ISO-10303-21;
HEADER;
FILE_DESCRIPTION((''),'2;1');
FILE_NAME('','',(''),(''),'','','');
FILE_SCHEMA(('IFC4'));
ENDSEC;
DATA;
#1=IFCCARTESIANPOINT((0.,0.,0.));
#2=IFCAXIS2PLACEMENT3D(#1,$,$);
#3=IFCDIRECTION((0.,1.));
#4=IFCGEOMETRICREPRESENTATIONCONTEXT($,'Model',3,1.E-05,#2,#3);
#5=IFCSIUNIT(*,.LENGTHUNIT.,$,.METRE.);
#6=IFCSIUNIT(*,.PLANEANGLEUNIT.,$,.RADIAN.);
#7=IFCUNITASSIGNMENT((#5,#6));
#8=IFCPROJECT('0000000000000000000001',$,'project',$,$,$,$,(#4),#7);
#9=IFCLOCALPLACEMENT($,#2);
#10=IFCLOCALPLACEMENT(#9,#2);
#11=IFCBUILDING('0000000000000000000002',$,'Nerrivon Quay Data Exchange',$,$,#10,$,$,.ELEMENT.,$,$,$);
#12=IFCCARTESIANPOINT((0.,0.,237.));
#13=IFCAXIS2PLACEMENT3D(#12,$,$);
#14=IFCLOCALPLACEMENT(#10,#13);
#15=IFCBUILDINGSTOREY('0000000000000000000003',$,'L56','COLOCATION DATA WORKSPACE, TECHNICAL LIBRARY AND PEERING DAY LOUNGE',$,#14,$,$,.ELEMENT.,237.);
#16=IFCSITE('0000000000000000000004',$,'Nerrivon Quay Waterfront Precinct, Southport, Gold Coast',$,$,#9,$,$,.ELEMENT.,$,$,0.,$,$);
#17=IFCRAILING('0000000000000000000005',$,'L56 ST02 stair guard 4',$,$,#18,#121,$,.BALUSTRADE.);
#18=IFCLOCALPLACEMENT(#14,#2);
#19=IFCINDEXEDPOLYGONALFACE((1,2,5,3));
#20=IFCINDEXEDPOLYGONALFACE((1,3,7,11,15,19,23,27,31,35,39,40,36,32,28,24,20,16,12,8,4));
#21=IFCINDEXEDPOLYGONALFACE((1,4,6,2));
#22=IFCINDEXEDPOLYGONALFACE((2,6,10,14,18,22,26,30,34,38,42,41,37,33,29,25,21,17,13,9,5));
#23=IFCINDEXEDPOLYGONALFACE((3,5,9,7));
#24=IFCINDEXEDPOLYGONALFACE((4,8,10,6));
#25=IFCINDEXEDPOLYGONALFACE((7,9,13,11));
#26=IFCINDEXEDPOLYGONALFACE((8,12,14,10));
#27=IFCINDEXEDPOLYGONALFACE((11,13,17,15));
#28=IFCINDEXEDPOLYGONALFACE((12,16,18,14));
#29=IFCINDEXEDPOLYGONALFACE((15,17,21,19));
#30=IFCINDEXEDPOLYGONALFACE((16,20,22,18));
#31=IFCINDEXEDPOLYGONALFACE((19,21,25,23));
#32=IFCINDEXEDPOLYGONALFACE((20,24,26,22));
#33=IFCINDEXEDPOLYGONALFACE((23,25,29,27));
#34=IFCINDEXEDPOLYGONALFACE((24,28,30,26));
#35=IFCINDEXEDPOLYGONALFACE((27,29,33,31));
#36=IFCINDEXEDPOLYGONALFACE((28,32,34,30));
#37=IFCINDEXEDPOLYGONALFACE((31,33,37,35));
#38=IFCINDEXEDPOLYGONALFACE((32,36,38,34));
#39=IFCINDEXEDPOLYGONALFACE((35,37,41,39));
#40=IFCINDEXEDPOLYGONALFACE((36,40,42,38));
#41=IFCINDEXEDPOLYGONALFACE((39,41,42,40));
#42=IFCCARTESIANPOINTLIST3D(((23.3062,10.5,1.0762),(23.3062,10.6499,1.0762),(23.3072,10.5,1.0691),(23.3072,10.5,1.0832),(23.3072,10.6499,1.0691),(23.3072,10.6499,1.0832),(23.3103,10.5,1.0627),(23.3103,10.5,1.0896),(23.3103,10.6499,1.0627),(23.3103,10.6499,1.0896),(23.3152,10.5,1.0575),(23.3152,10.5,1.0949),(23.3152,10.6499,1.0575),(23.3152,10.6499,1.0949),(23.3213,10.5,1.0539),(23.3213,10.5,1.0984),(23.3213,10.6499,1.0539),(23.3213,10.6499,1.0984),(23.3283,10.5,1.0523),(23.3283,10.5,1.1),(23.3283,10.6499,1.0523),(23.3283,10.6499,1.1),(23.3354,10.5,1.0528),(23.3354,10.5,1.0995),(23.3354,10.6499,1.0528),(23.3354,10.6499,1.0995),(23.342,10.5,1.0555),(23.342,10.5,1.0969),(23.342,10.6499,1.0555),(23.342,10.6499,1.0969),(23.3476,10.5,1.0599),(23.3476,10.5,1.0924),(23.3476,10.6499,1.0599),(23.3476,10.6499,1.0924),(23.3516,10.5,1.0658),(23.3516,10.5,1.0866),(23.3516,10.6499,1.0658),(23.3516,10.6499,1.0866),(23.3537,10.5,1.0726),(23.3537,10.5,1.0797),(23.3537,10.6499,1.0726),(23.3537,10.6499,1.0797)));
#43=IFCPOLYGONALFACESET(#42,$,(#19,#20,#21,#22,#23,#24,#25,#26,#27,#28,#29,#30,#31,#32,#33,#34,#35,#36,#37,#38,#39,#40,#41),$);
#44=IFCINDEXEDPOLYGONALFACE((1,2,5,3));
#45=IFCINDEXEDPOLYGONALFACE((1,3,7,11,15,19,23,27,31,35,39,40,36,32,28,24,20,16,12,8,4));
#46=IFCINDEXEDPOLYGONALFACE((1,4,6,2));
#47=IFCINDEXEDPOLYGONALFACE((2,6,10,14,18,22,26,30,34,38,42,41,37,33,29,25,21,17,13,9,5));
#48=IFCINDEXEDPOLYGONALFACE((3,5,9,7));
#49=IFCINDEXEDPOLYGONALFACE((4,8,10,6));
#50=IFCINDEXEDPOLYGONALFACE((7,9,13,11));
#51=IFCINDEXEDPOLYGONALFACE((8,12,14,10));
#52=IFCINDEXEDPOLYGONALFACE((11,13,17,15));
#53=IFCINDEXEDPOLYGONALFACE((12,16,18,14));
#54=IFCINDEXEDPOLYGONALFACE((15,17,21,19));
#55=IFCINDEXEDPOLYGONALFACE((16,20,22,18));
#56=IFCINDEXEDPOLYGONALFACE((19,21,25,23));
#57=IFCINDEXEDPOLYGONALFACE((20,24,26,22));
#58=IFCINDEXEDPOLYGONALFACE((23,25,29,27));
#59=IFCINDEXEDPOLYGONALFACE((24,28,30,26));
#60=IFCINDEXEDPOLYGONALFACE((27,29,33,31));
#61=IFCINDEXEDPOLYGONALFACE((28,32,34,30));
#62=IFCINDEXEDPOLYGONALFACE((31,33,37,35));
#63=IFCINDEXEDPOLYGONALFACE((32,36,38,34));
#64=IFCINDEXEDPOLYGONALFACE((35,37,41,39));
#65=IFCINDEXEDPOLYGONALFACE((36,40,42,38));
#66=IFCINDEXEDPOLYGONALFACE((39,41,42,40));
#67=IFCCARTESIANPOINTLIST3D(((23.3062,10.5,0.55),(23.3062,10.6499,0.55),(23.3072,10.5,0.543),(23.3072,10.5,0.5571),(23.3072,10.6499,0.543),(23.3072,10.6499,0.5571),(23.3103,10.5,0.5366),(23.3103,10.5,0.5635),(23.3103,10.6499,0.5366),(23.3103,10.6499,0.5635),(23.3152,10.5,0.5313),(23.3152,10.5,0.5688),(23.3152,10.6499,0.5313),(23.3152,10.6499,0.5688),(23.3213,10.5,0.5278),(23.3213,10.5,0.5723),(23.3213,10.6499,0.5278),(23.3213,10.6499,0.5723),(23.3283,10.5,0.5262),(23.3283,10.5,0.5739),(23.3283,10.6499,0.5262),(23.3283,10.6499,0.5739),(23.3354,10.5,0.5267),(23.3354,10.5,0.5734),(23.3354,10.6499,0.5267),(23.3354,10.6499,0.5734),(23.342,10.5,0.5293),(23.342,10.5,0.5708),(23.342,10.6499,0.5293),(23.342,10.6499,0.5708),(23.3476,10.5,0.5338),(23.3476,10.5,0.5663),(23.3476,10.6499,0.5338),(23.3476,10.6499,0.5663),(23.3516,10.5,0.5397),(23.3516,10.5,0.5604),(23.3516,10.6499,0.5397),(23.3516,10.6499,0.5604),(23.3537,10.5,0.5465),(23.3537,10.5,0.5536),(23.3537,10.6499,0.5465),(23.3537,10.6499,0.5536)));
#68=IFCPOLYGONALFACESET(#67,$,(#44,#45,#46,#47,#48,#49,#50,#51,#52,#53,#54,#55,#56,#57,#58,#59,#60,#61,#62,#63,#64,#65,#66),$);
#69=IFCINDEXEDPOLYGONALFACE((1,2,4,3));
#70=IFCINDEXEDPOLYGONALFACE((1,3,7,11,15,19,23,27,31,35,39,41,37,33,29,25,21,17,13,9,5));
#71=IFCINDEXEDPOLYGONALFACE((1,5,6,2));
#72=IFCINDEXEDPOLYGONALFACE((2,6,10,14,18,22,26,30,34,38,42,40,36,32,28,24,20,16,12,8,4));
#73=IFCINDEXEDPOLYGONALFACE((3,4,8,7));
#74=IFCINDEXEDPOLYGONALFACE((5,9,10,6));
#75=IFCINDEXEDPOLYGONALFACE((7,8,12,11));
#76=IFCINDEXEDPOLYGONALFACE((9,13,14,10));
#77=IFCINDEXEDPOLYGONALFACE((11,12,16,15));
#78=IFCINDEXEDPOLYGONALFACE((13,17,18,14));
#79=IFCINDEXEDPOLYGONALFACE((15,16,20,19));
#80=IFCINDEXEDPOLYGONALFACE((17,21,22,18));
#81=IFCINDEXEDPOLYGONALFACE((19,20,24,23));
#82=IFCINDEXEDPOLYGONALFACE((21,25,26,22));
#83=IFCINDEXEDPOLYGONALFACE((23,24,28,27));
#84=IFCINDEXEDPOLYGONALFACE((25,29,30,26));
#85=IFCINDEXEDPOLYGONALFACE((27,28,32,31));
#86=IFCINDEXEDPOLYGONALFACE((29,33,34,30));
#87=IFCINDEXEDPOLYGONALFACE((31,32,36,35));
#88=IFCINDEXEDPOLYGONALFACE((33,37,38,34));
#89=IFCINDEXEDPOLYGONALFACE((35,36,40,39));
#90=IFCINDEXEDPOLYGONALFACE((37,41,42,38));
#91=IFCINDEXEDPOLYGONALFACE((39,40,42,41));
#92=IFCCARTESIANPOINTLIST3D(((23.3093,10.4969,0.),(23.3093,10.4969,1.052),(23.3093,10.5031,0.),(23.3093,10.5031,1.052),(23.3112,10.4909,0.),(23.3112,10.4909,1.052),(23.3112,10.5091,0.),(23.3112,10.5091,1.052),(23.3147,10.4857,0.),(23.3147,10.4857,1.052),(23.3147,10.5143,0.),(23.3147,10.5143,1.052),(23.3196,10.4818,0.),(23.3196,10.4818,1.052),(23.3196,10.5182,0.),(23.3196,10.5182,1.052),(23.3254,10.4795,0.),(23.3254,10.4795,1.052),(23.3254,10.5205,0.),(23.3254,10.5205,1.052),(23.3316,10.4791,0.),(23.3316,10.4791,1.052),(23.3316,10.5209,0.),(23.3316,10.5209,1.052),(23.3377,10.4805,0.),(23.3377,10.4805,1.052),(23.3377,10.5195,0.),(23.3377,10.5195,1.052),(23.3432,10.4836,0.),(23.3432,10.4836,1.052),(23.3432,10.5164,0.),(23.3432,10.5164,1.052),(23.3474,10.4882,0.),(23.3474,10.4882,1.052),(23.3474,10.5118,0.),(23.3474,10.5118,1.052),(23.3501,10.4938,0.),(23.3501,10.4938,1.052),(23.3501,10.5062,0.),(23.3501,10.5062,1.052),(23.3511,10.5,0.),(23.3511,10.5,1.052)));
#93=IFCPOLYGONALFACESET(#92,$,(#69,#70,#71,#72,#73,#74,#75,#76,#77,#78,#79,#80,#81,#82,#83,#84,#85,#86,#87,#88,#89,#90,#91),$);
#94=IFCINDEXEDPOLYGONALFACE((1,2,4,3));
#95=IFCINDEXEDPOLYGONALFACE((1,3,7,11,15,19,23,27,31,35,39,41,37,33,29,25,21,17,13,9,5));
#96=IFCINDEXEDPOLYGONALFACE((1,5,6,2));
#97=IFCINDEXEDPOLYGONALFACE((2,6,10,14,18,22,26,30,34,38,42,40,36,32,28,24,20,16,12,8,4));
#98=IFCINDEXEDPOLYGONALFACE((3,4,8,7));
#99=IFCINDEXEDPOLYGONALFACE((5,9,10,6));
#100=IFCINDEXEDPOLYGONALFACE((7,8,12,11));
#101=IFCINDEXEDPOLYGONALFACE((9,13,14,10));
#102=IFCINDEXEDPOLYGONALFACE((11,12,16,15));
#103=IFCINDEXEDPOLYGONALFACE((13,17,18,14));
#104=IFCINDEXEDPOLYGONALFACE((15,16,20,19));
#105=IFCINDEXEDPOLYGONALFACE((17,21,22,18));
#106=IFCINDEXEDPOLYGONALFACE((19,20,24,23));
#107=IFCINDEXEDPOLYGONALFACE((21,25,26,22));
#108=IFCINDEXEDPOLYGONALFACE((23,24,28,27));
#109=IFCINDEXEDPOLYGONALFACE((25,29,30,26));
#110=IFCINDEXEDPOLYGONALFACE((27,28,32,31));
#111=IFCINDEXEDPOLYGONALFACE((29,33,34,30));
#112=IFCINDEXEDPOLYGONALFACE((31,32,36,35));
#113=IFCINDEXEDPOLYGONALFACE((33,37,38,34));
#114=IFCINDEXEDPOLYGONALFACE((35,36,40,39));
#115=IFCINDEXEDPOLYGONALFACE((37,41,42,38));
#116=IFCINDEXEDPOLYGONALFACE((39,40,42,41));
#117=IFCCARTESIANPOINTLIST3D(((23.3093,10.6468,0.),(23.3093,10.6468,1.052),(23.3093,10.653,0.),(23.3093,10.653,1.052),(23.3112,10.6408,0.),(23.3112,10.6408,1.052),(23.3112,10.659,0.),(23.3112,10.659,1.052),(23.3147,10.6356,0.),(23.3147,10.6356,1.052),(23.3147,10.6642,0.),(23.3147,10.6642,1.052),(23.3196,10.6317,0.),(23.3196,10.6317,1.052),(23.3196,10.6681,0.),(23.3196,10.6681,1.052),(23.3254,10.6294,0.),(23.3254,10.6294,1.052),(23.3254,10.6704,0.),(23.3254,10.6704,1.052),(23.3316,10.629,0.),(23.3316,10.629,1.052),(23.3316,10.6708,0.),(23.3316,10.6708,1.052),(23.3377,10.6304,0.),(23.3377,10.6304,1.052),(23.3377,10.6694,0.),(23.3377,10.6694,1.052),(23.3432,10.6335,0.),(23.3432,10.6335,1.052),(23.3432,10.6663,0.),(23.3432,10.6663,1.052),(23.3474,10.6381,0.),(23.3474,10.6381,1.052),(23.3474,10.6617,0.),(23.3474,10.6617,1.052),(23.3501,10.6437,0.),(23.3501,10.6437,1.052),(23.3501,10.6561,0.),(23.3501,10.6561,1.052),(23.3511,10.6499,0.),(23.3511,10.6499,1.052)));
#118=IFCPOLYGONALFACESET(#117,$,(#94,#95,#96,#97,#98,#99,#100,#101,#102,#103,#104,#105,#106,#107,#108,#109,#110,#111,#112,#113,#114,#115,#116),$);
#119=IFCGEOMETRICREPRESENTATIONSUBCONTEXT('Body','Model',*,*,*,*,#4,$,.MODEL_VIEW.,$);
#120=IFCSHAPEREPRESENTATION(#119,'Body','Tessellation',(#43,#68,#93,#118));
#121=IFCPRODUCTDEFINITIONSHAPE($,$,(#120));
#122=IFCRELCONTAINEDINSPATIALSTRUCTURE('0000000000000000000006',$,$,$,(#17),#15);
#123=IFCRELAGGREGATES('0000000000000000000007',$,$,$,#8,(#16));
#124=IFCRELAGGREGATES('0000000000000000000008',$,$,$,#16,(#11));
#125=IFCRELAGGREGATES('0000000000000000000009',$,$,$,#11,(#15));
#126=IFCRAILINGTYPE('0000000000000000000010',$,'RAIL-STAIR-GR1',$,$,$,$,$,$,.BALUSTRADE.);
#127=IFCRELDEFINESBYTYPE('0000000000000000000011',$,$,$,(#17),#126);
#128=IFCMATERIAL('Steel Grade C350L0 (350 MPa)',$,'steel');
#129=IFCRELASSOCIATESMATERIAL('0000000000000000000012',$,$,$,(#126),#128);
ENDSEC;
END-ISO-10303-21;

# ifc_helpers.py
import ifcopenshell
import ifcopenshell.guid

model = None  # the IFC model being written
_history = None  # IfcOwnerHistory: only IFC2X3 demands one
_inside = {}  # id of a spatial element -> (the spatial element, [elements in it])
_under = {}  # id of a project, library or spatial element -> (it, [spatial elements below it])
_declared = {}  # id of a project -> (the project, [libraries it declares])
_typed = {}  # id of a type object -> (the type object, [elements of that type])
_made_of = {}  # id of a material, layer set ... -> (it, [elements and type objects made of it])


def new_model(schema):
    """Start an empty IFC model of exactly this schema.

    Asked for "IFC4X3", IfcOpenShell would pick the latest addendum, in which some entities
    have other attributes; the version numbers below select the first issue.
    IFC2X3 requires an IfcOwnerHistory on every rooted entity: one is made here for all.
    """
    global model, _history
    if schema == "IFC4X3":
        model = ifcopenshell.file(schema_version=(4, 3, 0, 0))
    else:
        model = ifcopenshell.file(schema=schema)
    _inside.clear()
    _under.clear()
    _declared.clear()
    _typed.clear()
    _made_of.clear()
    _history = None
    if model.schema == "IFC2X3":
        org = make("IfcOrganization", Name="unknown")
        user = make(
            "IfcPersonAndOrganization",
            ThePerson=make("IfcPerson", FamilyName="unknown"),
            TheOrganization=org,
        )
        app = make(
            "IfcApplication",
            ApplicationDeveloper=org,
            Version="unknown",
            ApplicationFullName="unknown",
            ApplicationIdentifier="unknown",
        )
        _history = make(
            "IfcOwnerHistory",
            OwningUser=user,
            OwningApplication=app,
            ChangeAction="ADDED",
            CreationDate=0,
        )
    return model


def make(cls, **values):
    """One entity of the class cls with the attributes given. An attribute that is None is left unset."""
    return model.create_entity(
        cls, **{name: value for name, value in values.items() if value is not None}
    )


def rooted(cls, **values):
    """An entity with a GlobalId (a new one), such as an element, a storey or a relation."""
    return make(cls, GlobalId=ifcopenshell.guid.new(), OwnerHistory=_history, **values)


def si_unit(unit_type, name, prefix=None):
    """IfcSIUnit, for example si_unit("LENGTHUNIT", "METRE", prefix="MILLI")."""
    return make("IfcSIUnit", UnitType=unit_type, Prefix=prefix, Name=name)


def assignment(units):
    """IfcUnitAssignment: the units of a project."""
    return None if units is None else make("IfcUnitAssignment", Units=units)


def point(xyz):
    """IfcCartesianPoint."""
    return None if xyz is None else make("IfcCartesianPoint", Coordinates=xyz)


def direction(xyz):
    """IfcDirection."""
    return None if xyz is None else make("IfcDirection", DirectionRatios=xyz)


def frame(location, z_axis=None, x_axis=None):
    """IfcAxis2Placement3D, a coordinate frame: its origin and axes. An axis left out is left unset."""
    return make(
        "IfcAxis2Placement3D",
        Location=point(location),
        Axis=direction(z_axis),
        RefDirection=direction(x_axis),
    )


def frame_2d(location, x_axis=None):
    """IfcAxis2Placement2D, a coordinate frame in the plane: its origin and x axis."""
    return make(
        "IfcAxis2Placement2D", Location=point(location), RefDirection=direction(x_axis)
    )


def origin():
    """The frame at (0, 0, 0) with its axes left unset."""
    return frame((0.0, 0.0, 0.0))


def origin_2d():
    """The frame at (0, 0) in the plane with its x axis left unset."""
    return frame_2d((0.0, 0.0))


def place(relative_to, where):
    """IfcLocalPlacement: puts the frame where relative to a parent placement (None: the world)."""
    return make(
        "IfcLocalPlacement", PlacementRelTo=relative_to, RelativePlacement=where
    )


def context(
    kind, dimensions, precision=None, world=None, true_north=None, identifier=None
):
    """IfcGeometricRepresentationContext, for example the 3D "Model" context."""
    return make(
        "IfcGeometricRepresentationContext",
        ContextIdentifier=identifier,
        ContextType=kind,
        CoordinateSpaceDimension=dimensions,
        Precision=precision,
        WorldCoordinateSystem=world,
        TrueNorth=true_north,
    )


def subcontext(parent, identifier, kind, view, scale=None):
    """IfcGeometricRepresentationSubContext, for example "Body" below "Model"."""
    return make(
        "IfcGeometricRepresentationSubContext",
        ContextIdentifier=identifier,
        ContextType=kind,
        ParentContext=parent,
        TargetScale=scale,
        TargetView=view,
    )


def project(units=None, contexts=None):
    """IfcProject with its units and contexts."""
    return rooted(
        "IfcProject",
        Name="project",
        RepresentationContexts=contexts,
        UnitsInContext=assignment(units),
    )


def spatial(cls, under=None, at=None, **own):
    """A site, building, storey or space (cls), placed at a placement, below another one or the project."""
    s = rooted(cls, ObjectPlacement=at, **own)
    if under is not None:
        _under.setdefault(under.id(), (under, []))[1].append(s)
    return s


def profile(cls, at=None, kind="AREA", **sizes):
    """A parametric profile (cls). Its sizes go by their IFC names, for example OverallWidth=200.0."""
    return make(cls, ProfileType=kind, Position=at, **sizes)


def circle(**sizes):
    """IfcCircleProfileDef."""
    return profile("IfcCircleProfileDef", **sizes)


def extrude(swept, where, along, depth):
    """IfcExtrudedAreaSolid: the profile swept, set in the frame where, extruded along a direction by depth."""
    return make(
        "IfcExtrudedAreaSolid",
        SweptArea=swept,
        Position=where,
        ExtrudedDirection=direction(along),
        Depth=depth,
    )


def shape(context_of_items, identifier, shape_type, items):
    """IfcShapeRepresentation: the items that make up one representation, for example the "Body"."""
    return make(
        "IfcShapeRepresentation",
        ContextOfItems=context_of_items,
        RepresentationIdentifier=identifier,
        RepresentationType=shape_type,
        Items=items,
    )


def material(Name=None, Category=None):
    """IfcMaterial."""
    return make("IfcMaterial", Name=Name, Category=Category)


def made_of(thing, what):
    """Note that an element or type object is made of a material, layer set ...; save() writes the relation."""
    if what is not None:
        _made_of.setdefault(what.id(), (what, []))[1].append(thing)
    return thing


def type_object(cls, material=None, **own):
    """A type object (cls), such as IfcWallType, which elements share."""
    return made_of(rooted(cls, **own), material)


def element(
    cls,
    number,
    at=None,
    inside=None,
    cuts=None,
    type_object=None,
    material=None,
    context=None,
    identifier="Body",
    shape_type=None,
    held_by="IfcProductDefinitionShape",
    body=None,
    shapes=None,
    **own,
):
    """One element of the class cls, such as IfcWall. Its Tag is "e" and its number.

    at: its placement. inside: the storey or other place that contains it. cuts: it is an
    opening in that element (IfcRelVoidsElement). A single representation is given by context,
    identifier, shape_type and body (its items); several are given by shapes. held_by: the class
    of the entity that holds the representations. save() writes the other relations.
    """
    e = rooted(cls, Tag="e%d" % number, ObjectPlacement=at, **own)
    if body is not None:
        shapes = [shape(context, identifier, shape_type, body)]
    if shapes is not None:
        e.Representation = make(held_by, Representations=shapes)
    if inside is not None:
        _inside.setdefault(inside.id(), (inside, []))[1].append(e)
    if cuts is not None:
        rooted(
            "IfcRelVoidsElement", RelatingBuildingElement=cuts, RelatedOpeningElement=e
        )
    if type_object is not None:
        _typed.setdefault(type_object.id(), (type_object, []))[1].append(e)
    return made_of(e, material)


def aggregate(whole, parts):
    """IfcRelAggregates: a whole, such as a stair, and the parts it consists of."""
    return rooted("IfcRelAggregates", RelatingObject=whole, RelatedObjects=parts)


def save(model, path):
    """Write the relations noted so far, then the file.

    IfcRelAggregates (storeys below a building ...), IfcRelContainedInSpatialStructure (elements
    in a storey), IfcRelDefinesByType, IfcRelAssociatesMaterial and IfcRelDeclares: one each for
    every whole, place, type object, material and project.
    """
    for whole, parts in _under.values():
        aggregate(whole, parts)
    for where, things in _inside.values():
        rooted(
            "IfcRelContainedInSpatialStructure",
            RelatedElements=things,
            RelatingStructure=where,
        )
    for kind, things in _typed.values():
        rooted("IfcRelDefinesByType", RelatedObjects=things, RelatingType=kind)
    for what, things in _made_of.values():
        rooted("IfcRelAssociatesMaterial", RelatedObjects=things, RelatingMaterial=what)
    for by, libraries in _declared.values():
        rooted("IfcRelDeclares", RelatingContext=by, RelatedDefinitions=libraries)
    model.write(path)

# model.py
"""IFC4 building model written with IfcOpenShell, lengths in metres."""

from ifc_helpers import new_model, si_unit, direction, frame, origin, origin_2d, place, context, subcontext, project, spatial, circle, extrude, material, type_object, element, save


model = new_model("IFC4")

# Units and contexts
model_context = context("Model", 3, precision=1e-05, world=origin(), true_north=direction((0.0, 1.0)))
body_context = subcontext(model_context, "Body", "Model", "MODEL_VIEW")
ifc_project = project(units=[si_unit("LENGTHUNIT", "METRE"), si_unit("PLANEANGLEUNIT", "RADIAN")], contexts=[model_context])

# Site, building, storey
site_placement = place(None, origin())
site = spatial("IfcSite", under=ifc_project, at=site_placement, Name="Nerrivon Quay Waterfront Precinct, Southport, Gold Coast", CompositionType="ELEMENT", RefElevation=0.0)
building_placement = place(site_placement, origin())
building = spatial("IfcBuilding", under=site, at=building_placement, Name="Nerrivon Quay Data Exchange", CompositionType="ELEMENT")
storey_placement = place(building_placement, frame((0.0, 0.0, 237.0)))
storey = spatial("IfcBuildingStorey", under=building, at=storey_placement, Name="L56", Description="COLOCATION DATA WORKSPACE, TECHNICAL LIBRARY AND PEERING DAY LOUNGE", CompositionType="ELEMENT", Elevation=237.0)

# Railing
ifc_material_1 = material(Name="Steel Grade C350L0 (350 MPa)", Category="steel")
railing_type_1 = type_object("IfcRailingType", Name="RAIL-STAIR-GR1", PredefinedType="BALUSTRADE", material=ifc_material_1)
railing_1_placement = place(storey_placement, frame((23.3301, 10.5, 0.0)))
element("IfcRailing", 1, at=railing_1_placement, inside=storey, type_object=railing_type_1, Name="L56 ST02 stair guard 4", PredefinedType="BALUSTRADE", context=body_context, shape_type="SweptSolid", body=[
    extrude(circle(Radius=0.0239, at=origin_2d()), frame((0.0, 0.0, 1.0762), z_axis=(0.0, 1.0, 0.0), x_axis=(-1.0, 0.0, 0.0)), (0.0, 0.0, 1.0), 0.1499),
    extrude(circle(Radius=0.0239, at=origin_2d()), frame((0.0, 0.0, 0.55), z_axis=(0.0, 1.0, 0.0), x_axis=(-1.0, 0.0, 0.0)), (0.0, 0.0, 1.0), 0.1499),
    extrude(circle(Radius=0.021, at=origin_2d()), origin(), (0.0, 0.0, 1.0), 1.052),
    extrude(circle(Radius=0.021, at=origin_2d()), frame((0.0, 0.1499, 0.0)), (0.0, 0.0, 1.0), 1.052),
])

save(model, "model.ifc")
